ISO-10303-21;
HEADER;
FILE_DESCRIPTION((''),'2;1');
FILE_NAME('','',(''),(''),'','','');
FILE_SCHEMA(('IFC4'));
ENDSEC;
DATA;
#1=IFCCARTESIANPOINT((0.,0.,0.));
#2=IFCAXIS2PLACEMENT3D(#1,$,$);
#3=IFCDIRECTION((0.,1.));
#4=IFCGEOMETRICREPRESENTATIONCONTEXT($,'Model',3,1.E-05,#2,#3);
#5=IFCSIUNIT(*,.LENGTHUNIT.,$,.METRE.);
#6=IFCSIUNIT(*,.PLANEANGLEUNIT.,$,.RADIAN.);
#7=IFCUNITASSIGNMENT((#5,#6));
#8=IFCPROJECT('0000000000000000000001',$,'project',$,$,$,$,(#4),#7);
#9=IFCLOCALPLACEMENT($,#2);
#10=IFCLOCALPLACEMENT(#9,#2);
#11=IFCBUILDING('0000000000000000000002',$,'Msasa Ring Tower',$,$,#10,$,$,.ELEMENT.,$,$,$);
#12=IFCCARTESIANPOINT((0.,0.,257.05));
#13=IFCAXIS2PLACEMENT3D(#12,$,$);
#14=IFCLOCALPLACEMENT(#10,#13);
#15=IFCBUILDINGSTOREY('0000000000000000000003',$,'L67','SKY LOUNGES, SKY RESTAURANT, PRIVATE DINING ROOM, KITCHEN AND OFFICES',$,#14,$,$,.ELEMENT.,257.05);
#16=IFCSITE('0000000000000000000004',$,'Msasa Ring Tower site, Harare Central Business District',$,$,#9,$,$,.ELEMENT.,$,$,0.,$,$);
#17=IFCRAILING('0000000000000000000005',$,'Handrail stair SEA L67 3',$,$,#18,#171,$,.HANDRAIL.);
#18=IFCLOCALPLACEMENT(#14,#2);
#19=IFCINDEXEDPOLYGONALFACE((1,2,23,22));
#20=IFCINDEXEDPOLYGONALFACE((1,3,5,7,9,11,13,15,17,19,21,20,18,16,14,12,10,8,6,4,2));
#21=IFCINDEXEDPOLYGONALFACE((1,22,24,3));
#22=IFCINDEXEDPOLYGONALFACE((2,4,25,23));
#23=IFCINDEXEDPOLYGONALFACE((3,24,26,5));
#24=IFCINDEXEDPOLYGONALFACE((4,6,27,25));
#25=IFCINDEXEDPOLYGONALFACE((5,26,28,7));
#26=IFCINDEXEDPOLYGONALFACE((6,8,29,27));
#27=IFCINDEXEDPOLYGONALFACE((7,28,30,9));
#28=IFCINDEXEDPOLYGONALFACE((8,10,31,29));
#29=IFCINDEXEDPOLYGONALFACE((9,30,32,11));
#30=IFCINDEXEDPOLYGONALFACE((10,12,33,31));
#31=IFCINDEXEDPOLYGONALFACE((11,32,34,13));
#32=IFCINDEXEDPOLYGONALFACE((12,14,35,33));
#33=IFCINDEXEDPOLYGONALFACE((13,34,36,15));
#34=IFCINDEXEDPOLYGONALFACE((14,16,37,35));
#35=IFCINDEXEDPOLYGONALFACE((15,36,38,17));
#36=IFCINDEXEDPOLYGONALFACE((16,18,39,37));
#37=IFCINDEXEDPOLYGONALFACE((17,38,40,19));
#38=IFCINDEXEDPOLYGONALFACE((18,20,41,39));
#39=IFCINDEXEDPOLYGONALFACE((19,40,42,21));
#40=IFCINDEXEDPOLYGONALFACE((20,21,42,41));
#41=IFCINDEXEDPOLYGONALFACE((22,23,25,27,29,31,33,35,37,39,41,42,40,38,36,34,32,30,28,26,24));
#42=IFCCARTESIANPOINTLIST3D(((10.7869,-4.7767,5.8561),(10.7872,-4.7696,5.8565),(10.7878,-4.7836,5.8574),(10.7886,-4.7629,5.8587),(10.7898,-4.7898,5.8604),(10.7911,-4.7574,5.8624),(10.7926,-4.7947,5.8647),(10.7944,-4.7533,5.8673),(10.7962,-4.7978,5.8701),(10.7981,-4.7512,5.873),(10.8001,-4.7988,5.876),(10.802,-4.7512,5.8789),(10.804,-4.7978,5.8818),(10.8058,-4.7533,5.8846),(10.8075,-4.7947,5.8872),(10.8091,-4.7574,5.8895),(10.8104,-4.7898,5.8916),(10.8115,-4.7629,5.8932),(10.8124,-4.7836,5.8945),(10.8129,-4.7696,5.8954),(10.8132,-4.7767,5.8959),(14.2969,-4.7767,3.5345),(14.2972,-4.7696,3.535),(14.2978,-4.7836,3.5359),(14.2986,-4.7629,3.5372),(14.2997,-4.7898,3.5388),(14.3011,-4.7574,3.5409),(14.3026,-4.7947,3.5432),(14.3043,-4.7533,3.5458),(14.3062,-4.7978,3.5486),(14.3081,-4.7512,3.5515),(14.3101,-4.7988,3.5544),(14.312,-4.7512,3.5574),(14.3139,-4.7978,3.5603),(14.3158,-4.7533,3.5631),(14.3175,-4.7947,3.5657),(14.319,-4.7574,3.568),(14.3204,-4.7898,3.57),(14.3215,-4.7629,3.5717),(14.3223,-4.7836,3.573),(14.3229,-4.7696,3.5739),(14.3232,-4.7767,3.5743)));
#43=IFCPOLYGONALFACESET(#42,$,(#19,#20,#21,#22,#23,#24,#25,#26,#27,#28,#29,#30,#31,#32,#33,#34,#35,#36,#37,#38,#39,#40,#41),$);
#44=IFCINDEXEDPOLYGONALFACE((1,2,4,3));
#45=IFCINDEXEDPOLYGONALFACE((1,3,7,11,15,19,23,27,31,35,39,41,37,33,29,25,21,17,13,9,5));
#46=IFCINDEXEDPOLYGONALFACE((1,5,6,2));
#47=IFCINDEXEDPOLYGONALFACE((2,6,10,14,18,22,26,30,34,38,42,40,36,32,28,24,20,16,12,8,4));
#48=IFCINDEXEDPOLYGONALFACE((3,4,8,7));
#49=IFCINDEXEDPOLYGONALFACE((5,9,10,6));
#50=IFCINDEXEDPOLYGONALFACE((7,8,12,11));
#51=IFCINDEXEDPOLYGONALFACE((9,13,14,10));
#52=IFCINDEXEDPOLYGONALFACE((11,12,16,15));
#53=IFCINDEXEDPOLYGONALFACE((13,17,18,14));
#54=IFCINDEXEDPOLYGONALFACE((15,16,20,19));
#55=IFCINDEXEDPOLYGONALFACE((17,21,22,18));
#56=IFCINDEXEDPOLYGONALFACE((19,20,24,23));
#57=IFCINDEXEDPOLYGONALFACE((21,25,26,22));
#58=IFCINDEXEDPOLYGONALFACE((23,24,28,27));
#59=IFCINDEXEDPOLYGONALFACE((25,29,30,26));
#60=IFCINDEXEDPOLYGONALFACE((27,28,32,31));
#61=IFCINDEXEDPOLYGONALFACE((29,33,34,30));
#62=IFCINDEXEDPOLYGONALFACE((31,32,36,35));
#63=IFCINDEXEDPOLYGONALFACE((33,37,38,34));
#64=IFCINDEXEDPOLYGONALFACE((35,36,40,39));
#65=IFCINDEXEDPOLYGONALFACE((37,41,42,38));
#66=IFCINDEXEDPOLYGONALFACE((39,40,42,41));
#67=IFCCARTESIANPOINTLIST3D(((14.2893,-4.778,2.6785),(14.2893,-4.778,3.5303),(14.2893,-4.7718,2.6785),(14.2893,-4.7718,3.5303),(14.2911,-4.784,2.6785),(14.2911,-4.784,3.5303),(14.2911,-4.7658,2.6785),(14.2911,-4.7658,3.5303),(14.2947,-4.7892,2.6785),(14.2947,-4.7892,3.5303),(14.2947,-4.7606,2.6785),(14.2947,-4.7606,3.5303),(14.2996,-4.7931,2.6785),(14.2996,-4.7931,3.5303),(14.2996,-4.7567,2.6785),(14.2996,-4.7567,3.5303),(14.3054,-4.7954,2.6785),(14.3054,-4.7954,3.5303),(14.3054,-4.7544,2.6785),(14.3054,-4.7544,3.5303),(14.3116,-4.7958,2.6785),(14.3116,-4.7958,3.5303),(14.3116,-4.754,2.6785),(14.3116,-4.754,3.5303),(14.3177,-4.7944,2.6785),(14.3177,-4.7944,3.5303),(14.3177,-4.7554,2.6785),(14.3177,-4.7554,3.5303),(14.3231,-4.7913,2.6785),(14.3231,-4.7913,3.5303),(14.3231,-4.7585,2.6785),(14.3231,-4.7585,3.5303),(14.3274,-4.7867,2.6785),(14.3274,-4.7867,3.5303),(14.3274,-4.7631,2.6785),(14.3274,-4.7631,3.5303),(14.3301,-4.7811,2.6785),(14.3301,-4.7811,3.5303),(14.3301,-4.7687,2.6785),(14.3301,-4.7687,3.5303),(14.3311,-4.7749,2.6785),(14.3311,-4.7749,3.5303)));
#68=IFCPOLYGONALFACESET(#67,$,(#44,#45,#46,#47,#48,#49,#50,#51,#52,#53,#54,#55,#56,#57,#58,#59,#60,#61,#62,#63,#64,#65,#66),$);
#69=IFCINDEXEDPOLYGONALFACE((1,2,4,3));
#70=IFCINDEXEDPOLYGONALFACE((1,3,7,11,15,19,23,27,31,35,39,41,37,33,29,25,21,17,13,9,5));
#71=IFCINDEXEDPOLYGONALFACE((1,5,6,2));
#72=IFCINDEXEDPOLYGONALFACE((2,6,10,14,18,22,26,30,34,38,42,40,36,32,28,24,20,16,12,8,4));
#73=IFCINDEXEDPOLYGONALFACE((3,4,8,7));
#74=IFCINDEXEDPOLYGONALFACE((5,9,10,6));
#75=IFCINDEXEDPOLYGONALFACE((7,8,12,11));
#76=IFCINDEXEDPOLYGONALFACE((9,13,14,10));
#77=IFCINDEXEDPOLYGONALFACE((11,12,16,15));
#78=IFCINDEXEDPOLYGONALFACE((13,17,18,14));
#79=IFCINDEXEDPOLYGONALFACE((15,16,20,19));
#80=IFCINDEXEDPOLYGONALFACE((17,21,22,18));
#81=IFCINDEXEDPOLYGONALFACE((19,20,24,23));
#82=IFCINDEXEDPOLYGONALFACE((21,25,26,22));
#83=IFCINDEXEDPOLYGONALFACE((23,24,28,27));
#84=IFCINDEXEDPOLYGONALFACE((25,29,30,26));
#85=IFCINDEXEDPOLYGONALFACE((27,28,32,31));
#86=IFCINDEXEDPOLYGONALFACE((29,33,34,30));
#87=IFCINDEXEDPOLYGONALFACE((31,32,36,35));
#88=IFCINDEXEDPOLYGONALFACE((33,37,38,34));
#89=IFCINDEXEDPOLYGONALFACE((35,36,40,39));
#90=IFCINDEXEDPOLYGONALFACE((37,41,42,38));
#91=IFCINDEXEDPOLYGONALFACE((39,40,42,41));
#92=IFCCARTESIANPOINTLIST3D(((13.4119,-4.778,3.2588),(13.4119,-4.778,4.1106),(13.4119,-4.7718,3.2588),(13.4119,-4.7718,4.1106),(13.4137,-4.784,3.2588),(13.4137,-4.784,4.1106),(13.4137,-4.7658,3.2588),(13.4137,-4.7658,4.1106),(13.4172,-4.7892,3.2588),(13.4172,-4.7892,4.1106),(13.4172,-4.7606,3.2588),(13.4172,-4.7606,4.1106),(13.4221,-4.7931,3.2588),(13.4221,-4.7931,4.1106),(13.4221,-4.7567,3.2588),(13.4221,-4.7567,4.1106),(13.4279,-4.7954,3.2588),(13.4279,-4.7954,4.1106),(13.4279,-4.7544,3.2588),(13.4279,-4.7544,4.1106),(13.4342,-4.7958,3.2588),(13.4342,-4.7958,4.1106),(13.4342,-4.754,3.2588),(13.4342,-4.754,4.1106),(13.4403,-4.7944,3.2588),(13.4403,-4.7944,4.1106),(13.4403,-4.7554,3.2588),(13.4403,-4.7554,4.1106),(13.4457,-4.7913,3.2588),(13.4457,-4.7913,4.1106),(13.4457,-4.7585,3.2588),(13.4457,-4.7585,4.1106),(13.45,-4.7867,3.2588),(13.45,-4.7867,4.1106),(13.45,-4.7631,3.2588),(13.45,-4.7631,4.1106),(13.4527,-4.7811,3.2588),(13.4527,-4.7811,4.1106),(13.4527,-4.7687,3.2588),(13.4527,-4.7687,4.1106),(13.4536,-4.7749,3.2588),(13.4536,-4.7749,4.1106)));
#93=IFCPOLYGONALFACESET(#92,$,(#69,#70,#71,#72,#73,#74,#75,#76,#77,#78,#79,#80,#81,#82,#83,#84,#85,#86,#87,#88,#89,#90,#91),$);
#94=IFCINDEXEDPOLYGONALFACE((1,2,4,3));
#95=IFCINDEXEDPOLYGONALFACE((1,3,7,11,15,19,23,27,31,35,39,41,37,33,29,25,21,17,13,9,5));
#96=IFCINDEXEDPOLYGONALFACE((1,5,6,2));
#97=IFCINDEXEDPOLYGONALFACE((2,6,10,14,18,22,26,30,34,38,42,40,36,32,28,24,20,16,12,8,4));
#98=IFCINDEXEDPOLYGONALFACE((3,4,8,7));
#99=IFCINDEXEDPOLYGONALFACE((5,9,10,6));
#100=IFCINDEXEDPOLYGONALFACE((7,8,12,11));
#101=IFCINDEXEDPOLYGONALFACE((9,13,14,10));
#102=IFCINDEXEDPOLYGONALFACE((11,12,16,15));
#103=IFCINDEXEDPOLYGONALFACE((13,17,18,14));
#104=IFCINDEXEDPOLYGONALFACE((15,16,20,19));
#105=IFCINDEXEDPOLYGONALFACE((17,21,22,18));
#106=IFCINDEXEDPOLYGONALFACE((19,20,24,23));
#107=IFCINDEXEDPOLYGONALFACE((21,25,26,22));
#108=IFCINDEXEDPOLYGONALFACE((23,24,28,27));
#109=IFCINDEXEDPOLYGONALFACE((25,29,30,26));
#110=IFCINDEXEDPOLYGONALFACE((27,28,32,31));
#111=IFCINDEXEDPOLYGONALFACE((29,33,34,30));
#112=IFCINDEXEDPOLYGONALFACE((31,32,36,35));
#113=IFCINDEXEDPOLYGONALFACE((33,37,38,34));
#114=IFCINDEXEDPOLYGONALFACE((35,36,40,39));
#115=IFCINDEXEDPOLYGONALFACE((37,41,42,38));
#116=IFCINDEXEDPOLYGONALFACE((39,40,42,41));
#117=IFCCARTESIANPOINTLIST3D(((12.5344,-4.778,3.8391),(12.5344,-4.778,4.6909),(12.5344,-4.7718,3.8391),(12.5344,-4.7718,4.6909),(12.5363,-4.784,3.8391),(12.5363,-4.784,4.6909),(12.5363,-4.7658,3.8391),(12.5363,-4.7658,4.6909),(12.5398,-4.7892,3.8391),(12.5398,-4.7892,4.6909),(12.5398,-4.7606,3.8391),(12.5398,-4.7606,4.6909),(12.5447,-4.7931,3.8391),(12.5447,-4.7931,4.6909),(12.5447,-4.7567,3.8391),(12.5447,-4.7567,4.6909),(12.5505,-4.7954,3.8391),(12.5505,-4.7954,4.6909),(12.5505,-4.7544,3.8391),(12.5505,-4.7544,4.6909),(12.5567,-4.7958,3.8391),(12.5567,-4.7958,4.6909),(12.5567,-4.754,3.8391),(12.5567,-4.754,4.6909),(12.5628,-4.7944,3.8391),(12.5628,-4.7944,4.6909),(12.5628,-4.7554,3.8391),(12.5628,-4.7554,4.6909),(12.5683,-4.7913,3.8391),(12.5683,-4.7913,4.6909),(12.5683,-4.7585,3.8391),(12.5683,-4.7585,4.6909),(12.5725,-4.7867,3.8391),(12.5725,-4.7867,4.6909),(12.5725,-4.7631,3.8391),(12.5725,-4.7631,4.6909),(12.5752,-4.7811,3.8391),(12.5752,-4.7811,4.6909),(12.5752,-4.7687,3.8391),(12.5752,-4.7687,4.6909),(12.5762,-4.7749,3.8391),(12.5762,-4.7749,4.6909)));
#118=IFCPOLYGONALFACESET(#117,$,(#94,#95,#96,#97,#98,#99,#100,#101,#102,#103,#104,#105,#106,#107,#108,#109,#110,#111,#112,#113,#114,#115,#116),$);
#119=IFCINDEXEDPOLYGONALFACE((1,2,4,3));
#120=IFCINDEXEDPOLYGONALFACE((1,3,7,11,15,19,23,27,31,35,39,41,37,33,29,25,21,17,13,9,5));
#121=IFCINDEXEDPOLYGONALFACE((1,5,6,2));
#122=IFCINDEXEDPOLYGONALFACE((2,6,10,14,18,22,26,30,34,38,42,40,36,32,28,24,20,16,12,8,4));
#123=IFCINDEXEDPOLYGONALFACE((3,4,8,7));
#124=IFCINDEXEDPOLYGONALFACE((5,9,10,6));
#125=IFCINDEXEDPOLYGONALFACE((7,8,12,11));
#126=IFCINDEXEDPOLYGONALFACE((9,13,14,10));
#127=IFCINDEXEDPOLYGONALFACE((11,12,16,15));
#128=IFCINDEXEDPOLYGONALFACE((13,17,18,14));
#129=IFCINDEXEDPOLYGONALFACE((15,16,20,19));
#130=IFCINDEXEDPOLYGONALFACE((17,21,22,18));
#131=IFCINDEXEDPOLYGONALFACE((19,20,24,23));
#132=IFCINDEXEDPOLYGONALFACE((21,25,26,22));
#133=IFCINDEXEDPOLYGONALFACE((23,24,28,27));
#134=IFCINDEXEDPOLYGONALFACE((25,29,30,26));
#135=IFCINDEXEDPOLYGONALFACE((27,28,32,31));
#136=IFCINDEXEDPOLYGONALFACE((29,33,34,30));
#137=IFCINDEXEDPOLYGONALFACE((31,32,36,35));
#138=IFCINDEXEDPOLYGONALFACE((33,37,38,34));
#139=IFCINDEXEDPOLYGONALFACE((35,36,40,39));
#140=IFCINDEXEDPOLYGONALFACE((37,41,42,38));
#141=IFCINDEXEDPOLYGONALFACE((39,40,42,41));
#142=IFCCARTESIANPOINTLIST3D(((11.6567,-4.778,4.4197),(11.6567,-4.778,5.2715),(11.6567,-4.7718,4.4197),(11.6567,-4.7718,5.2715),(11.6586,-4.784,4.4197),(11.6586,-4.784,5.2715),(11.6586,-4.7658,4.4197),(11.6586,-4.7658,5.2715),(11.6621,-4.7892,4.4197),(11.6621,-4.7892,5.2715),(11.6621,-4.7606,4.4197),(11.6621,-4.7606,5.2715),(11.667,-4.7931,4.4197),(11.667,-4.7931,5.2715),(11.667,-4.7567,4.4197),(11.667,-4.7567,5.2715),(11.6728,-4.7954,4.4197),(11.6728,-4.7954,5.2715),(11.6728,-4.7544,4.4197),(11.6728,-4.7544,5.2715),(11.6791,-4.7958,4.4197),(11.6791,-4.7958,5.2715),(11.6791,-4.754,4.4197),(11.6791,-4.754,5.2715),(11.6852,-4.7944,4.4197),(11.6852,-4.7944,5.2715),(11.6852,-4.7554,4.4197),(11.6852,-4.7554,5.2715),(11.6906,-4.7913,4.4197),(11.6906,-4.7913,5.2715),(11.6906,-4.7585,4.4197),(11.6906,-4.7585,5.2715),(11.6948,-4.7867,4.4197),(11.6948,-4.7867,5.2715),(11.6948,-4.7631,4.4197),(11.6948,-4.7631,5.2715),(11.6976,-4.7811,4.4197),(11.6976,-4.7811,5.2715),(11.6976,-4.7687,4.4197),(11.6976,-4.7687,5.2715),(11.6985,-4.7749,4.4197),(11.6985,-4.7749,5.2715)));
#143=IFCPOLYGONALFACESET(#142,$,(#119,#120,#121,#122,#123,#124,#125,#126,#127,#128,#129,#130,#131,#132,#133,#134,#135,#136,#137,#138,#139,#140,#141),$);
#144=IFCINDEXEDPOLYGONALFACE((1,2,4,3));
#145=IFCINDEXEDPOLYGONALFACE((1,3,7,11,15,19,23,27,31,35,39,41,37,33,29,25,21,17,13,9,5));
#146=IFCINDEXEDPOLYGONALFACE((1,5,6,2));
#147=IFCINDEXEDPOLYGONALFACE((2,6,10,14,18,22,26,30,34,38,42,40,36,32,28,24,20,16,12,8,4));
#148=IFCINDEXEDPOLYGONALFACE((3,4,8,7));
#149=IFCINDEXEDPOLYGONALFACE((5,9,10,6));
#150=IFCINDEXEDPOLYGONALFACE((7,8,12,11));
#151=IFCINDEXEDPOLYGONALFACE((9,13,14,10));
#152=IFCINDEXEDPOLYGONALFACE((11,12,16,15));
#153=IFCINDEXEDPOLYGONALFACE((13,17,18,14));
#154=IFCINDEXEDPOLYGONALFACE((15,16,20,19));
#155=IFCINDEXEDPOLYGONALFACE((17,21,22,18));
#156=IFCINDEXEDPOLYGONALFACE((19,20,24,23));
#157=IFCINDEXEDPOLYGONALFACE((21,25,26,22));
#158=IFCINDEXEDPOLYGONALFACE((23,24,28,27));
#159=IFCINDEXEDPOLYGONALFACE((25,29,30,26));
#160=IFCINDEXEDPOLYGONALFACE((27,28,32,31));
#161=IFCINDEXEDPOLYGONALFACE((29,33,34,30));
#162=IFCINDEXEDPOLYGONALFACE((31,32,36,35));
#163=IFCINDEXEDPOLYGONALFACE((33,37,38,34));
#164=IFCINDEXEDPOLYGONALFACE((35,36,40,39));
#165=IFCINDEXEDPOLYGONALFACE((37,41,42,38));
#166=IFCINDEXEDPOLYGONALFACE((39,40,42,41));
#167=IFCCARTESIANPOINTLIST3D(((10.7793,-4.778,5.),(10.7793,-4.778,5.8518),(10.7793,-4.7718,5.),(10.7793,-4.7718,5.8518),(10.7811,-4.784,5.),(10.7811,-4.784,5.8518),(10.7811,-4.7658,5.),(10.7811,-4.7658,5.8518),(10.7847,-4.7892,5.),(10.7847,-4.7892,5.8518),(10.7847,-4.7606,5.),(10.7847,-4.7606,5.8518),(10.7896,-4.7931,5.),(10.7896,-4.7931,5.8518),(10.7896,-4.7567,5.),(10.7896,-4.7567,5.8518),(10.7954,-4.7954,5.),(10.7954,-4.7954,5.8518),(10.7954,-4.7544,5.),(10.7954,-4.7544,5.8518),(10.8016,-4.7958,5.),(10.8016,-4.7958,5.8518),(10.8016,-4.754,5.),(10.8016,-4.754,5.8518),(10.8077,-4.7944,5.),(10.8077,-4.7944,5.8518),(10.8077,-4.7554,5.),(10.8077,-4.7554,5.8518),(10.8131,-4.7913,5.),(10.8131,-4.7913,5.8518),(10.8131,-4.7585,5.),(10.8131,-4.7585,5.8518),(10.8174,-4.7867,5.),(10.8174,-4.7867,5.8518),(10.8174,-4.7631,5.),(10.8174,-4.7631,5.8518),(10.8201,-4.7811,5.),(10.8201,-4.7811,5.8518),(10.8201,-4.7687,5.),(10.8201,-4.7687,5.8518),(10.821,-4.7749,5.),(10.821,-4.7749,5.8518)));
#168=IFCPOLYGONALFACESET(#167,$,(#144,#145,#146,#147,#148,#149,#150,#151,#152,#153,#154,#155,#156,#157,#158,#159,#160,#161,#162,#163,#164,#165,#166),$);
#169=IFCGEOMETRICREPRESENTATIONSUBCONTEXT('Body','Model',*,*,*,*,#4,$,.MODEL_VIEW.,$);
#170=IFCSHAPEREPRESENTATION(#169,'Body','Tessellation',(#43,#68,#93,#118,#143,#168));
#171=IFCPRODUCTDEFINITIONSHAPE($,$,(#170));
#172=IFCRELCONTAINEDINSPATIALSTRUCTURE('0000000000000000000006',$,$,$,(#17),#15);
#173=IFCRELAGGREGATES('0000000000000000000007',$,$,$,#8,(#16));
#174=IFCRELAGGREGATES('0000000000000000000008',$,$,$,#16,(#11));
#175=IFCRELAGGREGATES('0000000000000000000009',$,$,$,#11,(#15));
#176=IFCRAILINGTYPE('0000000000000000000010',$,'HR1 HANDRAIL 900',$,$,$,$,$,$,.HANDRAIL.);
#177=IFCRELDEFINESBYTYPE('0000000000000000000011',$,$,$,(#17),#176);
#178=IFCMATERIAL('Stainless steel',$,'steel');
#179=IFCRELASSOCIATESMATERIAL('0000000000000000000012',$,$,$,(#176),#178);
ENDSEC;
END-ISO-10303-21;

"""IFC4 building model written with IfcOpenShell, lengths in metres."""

from ifc_helpers import new_model, si_unit, direction, frame, origin, origin_2d, place, context, subcontext, project, spatial, circle, extrude, material, type_object, element, save


model = new_model("IFC4")

# Units and contexts
model_context = context("Model", 3, precision=1e-05, world=origin(), true_north=direction((0.0, 1.0)))
body_context = subcontext(model_context, "Body", "Model", "MODEL_VIEW")
ifc_project = project(units=[si_unit("LENGTHUNIT", "METRE"), si_unit("PLANEANGLEUNIT", "RADIAN")], contexts=[model_context])

# Site, building, storey
site_placement = place(None, origin())
site = spatial("IfcSite", under=ifc_project, at=site_placement, Name="Msasa Ring Tower site, Harare Central Business District", CompositionType="ELEMENT", RefElevation=0.0)
building_placement = place(site_placement, origin())
building = spatial("IfcBuilding", under=site, at=building_placement, Name="Msasa Ring Tower", CompositionType="ELEMENT")
storey_placement = place(building_placement, frame((0.0, 0.0, 257.05)))
storey = spatial("IfcBuildingStorey", under=building, at=storey_placement, Name="L67", Description="SKY LOUNGES, SKY RESTAURANT, PRIVATE DINING ROOM, KITCHEN AND OFFICES", CompositionType="ELEMENT", Elevation=257.05)

# Railing
ifc_material_1 = material(Name="Stainless steel", Category="steel")
railing_type = type_object("IfcRailingType", Name="HR1 HANDRAIL 900", PredefinedType="HANDRAIL", material=ifc_material_1)
for number, where, name in (
    (1, (14.3101, -4.7749, 2.6785), "Handrail stair SEA L67 3"),
):
    element("IfcRailing", number, at=place(storey_placement, frame(where)), inside=storey, type_object=railing_type, Name=name, PredefinedType="HANDRAIL", context=body_context, shape_type="SweptSolid", body=[
        extrude(circle(Radius=0.0239, at=origin_2d()), frame((0.0, 0.0, 0.876), z_axis=(-0.834071, 0.0, 0.551657), x_axis=(0.0, -1.0, 0.0)), (0.0, 0.0, 1.0), 4.2083),
        extrude(circle(Radius=0.021, at=origin_2d()), origin(), (0.0, 0.0, 1.0), 0.8518),
        extrude(circle(Radius=0.021, at=origin_2d()), frame((-0.8774, 0.0, 0.5803)), (0.0, 0.0, 1.0), 0.8518),
        extrude(circle(Radius=0.021, at=origin_2d()), frame((-1.7549, 0.0, 1.1606)), (0.0, 0.0, 1.0), 0.8518),
        extrude(circle(Radius=0.021, at=origin_2d()), frame((-2.6326, 0.0, 1.7412)), (0.0, 0.0, 1.0), 0.8518),
        extrude(circle(Radius=0.021, at=origin_2d()), frame((-3.51, 0.0, 2.3215)), (0.0, 0.0, 1.0), 0.8518),
    ])

save(model, "model.ifc")
